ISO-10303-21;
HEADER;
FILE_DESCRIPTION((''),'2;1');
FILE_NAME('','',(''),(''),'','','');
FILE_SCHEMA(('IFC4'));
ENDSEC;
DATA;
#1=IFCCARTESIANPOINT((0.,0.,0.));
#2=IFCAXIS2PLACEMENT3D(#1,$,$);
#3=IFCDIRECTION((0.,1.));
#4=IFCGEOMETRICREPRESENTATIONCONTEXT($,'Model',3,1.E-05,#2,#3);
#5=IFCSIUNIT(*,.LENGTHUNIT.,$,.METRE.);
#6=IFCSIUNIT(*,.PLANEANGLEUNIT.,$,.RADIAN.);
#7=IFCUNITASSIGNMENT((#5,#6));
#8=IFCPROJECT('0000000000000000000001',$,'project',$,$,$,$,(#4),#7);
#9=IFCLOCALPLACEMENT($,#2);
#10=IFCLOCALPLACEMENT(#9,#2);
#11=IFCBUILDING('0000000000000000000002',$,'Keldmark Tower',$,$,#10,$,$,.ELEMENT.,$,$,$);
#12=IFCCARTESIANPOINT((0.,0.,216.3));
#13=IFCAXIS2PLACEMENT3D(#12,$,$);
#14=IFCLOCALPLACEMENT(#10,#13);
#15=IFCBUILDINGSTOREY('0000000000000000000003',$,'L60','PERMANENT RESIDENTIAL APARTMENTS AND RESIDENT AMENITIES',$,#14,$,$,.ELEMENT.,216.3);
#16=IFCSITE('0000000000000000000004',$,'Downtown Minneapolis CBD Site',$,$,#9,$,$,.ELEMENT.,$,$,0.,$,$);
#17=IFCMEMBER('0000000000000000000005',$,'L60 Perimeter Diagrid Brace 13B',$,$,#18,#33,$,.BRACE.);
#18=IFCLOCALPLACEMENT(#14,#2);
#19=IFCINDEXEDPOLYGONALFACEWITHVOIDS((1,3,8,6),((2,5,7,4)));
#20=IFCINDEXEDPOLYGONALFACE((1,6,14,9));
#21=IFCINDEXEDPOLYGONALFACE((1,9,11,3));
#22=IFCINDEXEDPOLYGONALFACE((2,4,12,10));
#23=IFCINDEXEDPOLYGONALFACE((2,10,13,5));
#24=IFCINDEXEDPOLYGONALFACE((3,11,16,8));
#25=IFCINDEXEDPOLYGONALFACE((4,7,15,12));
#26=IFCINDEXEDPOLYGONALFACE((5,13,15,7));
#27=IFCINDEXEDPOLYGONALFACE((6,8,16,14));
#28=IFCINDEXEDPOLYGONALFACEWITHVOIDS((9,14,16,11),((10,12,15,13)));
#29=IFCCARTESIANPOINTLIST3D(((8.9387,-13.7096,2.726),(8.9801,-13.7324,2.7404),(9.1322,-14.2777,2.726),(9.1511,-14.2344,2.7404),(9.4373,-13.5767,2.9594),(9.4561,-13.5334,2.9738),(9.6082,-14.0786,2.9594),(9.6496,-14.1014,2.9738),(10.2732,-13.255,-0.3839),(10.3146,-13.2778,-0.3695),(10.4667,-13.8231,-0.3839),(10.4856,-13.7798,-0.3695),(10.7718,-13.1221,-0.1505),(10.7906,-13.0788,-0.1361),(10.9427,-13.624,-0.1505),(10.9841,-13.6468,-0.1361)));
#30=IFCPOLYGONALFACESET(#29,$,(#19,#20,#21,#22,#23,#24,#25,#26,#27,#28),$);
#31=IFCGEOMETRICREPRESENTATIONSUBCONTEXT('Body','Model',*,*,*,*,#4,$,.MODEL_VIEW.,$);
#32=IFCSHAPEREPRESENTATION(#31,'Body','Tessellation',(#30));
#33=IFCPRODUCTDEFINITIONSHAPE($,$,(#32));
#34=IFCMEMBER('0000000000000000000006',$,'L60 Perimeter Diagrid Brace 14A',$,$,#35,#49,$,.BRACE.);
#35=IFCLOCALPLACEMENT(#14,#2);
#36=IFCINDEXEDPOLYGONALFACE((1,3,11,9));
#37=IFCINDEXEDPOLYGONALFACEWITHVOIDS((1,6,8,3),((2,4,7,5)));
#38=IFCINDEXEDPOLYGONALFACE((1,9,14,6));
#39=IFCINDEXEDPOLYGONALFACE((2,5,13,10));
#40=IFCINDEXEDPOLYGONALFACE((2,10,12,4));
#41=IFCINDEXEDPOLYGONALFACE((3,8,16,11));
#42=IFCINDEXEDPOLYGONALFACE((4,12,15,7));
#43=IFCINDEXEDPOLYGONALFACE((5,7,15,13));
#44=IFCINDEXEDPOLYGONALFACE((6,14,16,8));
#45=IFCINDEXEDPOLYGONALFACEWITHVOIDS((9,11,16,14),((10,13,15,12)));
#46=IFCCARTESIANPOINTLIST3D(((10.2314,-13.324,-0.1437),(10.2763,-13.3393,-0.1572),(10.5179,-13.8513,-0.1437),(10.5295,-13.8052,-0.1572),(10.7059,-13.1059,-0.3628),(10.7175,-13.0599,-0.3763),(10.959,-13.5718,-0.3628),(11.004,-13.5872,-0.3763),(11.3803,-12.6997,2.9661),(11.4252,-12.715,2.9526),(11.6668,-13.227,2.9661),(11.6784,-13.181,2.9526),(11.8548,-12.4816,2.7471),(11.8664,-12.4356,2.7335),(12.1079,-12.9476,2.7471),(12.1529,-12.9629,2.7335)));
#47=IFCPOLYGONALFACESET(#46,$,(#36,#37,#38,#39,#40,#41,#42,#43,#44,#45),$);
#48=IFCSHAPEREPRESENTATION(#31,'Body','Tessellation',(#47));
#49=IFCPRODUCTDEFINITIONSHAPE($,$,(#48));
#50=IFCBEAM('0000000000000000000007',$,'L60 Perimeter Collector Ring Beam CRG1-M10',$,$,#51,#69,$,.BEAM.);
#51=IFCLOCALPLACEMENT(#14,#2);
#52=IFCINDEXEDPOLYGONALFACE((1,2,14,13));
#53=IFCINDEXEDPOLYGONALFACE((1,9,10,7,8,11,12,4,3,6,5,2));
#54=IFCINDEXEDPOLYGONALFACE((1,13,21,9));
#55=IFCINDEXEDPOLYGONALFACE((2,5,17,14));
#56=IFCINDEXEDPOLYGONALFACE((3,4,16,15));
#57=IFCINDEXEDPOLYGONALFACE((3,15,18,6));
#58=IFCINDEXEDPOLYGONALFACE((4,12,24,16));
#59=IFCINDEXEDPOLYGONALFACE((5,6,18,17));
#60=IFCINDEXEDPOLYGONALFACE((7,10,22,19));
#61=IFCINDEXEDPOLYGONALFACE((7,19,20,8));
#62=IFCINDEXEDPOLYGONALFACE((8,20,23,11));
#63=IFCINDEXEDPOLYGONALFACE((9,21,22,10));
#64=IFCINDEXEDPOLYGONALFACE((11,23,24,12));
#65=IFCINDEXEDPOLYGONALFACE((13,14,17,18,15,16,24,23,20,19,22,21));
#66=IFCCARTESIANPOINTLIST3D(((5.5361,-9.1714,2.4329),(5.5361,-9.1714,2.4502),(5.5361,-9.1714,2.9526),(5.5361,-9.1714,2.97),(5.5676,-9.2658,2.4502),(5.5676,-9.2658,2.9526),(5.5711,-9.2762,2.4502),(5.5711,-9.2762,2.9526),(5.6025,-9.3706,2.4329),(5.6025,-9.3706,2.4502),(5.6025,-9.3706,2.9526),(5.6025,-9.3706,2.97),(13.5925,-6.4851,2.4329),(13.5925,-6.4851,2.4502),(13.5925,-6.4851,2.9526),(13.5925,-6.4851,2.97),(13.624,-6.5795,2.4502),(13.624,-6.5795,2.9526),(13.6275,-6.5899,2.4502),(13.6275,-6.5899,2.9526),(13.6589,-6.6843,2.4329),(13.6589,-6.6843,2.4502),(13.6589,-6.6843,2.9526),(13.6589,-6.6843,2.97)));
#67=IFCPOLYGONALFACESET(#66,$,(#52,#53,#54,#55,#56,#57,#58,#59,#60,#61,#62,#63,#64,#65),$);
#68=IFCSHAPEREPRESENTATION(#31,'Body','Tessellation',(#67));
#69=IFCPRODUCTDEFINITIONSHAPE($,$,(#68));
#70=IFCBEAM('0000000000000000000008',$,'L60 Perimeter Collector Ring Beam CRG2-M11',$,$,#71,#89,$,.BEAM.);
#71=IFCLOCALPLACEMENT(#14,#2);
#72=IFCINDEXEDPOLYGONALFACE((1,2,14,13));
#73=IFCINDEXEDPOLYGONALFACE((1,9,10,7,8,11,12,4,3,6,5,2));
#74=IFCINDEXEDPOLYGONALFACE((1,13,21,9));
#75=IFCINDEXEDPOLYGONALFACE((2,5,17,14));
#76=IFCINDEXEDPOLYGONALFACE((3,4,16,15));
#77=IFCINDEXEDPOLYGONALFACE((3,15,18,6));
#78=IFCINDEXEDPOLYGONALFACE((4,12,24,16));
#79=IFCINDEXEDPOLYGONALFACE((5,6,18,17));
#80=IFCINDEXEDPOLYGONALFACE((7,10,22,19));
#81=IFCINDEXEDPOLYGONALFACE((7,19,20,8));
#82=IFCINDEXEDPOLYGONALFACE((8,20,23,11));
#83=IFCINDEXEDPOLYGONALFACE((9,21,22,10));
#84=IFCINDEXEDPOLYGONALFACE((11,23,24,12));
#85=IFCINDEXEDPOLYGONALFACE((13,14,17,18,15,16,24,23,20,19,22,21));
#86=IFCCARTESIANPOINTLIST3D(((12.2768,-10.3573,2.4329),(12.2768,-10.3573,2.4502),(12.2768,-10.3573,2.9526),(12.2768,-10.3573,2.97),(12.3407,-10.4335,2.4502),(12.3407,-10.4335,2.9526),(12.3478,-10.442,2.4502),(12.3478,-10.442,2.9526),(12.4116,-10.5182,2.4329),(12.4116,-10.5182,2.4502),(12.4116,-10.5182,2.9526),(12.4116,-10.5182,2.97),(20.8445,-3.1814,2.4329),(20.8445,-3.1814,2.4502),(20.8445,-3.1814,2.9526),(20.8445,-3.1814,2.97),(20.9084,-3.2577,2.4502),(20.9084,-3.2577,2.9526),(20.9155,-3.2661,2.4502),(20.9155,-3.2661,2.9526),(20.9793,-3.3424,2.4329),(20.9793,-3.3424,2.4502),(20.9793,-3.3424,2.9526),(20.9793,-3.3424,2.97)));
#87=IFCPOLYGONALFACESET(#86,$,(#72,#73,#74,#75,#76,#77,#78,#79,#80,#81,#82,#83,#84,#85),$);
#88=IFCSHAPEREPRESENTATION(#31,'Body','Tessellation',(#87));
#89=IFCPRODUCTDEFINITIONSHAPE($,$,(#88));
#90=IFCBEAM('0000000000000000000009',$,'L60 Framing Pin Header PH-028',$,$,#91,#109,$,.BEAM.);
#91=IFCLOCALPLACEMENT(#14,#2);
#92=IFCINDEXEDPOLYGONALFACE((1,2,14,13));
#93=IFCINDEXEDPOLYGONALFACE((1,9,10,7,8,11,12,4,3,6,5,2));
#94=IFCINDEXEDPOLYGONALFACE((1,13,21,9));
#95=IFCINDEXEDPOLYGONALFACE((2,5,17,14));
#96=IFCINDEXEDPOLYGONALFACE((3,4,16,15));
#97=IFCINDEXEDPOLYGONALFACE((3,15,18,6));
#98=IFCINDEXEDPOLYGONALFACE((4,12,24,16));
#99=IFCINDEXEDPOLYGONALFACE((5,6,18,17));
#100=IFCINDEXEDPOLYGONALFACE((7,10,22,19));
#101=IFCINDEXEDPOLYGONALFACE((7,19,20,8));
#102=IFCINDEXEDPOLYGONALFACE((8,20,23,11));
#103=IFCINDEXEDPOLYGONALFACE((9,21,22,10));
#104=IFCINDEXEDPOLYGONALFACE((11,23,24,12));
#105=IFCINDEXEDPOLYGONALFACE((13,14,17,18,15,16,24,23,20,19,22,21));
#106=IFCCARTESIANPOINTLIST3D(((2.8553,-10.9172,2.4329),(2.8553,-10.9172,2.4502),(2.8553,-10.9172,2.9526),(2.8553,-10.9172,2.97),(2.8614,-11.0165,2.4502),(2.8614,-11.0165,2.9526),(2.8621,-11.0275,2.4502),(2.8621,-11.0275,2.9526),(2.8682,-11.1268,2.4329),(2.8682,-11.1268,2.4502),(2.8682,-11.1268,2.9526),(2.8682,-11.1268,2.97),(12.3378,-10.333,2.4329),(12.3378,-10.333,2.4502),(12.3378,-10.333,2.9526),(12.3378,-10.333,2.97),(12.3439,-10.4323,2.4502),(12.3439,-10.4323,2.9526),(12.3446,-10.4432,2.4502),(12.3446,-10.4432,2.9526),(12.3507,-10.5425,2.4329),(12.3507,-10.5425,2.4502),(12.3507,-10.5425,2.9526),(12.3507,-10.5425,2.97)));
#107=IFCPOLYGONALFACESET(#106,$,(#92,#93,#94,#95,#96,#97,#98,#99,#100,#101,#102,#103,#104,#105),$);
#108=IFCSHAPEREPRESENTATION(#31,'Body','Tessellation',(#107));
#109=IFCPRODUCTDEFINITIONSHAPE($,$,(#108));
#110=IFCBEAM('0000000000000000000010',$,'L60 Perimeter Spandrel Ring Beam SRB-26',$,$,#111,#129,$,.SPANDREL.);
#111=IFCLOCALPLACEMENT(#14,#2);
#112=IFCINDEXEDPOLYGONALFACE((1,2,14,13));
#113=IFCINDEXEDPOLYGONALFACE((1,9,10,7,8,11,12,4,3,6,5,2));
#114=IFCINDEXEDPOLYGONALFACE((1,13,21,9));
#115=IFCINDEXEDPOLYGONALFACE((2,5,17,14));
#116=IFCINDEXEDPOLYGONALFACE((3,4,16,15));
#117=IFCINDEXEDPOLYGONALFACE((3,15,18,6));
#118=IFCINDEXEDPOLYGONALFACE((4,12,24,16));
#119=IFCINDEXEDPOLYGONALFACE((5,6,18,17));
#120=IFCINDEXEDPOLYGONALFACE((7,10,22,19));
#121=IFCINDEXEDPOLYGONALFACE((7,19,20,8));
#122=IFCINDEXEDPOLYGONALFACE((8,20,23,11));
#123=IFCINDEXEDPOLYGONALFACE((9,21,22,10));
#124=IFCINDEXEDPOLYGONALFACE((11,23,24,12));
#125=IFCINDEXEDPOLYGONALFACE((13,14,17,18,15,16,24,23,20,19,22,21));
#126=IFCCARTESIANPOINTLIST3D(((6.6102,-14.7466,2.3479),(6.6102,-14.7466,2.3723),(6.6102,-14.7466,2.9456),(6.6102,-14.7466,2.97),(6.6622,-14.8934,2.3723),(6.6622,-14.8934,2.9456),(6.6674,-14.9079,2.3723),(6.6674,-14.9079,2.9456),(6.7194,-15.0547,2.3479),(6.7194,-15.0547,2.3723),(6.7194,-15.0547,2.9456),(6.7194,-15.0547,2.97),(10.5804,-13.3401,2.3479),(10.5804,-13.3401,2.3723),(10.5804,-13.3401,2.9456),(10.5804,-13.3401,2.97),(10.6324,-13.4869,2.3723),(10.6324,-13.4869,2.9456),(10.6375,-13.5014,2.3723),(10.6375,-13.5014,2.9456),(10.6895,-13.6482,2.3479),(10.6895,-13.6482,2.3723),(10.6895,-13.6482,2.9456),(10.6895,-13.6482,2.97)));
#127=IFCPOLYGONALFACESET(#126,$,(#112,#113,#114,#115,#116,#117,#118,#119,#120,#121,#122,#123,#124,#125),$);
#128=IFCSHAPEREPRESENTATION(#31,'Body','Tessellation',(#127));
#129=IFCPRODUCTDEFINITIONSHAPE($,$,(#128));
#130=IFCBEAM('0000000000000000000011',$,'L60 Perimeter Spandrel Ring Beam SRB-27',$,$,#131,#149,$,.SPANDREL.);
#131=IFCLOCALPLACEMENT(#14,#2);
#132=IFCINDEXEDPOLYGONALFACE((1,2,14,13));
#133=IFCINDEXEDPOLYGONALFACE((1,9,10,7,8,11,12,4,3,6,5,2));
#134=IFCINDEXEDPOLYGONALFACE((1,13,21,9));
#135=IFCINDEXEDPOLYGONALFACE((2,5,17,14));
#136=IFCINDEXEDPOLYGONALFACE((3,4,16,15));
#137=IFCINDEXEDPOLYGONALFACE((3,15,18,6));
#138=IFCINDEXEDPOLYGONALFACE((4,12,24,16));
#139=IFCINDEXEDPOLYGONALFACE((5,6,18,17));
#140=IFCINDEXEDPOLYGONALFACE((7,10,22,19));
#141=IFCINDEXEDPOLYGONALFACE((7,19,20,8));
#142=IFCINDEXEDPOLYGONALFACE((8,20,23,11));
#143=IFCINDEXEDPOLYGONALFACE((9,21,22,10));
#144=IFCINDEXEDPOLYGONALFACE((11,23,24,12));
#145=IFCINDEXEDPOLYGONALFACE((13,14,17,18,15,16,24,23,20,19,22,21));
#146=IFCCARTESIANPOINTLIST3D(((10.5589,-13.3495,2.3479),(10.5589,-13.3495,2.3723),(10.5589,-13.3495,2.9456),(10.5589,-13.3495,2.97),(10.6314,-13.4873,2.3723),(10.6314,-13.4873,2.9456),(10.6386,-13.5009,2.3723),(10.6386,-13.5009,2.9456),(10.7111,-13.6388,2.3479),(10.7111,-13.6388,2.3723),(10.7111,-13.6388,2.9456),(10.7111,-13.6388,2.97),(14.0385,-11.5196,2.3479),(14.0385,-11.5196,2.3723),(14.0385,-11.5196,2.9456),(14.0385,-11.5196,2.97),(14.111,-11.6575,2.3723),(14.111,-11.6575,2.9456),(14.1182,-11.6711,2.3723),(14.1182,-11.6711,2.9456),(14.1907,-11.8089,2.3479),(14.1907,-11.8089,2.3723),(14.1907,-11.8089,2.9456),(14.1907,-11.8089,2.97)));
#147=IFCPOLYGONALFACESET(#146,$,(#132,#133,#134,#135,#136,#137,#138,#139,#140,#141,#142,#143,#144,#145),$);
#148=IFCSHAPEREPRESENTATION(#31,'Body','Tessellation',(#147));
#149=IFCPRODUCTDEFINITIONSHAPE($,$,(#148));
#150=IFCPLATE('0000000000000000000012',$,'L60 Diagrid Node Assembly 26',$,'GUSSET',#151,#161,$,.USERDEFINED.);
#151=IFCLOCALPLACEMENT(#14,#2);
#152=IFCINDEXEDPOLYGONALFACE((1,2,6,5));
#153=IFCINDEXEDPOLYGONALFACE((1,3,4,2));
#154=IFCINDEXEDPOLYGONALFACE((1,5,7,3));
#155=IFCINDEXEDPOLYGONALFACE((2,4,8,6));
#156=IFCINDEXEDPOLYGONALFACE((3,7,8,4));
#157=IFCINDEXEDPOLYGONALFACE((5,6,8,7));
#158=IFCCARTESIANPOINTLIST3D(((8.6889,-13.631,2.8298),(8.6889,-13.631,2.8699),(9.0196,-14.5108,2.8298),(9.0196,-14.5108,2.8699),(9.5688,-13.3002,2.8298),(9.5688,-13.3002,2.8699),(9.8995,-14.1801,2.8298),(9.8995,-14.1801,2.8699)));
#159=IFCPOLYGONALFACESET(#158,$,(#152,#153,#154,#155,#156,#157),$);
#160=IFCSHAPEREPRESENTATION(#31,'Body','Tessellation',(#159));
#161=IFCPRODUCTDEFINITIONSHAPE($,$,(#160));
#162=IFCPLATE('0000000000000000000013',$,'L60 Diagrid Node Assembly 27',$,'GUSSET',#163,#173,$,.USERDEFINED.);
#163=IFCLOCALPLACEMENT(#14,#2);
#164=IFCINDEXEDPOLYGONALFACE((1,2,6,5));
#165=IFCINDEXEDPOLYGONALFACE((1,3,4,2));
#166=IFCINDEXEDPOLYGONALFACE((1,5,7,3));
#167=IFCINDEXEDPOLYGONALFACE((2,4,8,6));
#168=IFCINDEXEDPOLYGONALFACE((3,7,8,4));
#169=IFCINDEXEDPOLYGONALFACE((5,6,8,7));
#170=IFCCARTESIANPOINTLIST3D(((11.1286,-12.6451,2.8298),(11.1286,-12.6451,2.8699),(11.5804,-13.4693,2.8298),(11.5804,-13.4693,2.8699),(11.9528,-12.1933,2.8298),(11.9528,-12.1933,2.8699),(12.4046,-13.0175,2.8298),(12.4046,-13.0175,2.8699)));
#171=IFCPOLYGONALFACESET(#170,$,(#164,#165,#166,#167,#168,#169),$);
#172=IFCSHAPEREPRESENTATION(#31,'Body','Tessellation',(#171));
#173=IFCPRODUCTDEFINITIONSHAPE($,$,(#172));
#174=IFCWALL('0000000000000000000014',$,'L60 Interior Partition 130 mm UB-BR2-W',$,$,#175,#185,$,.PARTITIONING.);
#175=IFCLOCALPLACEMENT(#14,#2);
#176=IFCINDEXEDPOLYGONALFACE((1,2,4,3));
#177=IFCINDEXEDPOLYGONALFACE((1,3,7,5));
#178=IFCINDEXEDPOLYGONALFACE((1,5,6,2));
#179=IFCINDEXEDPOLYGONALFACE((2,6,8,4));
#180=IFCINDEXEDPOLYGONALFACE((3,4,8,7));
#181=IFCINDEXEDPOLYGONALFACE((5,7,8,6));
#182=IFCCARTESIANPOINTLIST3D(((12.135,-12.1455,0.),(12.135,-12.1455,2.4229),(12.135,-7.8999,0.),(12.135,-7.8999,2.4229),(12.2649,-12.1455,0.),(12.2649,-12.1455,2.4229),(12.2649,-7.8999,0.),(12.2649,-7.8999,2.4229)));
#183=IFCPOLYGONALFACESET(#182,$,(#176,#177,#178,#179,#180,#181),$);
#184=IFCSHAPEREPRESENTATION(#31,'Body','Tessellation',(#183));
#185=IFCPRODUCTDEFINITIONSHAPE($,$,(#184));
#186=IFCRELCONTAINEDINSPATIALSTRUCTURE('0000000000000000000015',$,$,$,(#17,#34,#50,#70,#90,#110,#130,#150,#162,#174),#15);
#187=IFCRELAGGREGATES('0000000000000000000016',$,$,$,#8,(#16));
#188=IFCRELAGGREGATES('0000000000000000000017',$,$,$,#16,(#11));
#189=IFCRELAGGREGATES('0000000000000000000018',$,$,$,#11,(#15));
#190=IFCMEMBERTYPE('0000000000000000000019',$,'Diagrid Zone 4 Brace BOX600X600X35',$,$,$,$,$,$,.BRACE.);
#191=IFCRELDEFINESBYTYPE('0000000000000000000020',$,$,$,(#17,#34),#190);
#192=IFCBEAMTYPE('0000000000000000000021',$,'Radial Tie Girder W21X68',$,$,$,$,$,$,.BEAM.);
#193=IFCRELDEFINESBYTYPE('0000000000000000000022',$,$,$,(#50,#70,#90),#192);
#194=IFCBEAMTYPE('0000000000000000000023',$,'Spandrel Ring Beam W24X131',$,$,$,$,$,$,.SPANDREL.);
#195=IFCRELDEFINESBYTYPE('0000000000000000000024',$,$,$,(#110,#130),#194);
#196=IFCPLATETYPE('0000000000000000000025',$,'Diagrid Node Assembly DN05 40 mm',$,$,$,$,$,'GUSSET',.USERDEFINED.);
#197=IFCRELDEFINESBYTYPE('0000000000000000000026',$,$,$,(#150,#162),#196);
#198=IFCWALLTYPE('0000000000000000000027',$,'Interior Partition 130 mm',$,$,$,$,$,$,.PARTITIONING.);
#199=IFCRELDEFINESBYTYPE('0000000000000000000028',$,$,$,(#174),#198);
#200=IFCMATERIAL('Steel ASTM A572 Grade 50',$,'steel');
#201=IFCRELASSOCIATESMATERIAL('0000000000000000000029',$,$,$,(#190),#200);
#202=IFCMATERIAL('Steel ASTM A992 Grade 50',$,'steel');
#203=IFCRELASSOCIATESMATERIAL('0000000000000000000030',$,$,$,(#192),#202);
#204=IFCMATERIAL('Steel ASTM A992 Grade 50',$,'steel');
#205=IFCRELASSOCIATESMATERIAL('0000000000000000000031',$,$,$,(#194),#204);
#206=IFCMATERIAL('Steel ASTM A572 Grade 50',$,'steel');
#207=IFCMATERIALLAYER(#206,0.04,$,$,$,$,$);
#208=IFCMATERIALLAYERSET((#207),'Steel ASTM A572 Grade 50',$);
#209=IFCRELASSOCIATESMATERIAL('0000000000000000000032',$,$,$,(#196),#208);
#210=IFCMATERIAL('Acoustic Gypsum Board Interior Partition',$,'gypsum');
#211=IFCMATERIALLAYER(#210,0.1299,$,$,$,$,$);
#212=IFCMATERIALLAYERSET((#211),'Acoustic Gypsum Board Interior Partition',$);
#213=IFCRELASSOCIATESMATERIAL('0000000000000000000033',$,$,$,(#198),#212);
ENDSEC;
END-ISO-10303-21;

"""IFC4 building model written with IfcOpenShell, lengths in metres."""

from ifc_helpers import new_model, si_unit, direction, frame, frame_2d, origin, origin_2d, place, context, subcontext, project, spatial, rectangle, hollow_rectangle, i_section, extrude, material, layer, layer_set, material_profile, profile_set, type_object, element, save


model = new_model("IFC4")

# Units and contexts
model_context = context("Model", 3, precision=1e-05, world=origin(), true_north=direction((0.0, 1.0)))
body_context = subcontext(model_context, "Body", "Model", "MODEL_VIEW")
ifc_project = project(units=[si_unit("LENGTHUNIT", "METRE"), si_unit("PLANEANGLEUNIT", "RADIAN")], contexts=[model_context])

# Site, building, storey
site_placement = place(None, origin())
site = spatial("IfcSite", under=ifc_project, at=site_placement, Name="Downtown Minneapolis CBD Site", CompositionType="ELEMENT", RefElevation=0.0)
building_placement = place(site_placement, origin())
building = spatial("IfcBuilding", under=site, at=building_placement, Name="Keldmark Tower", CompositionType="ELEMENT")
storey_placement = place(building_placement, frame((0.0, 0.0, 216.3)))
storey = spatial("IfcBuildingStorey", under=building, at=storey_placement, Name="L60", Description="PERMANENT RESIDENTIAL APARTMENTS AND RESIDENT AMENITIES", CompositionType="ELEMENT", Elevation=216.3)

# Members
ifc_material_1 = material(Name="Steel ASTM A572 Grade 50", Category="steel")
ifc_material_profile_1 = material_profile(ifc_material_1, hollow_rectangle(XDim=0.6001, YDim=0.6001, WallThickness=0.0349, at=origin_2d()), Name="BOX600X600X35")
ifc_profile_set_1 = profile_set([ifc_material_profile_1], Name="Steel ASTM A572 Grade 50")
member_type = type_object("IfcMemberType", Name="Diagrid Zone 4 Brace BOX600X600X35", PredefinedType="BRACE", material=ifc_profile_set_1)
member_1_placement = place(storey_placement, frame((10.6287, -13.4509, -0.26), z_axis=(-0.390827, -0.133136, 0.910785), x_axis=(0.322455, -0.946585, 0.0)))
element("IfcMember", 1, at=member_1_placement, inside=storey, type_object=member_type, Name="L60 Perimeter Diagrid Brace 13B", PredefinedType="BRACE", context=body_context, shape_type="SweptSolid", body=[
    extrude(hollow_rectangle(XDim=0.6001, YDim=0.6001, WallThickness=0.0349, at=origin_2d()), origin(), (0.0, 0.0, 1.0), 3.4146),
])
member_2_placement = place(storey_placement, frame((10.6177, -13.4556, -0.26), z_axis=(0.340567, 0.185046, 0.921831), x_axis=(-0.477426, 0.878672, 0.0)))
element("IfcMember", 2, at=member_2_placement, inside=storey, type_object=member_type, Name="L60 Perimeter Diagrid Brace 14A", PredefinedType="BRACE", context=body_context, shape_type="SweptSolid", body=[
    extrude(hollow_rectangle(XDim=0.6001, YDim=0.6001, WallThickness=0.0349, at=origin_2d()), origin(), (0.0, 0.0, 1.0), 3.3735),
])

# Beams
ifc_material_2 = material(Name="Steel ASTM A992 Grade 50", Category="steel")
ifc_material_profile_2 = material_profile(ifc_material_2, i_section(OverallWidth=0.21, OverallDepth=0.5371, WebThickness=0.011, FlangeThickness=0.0173, at=origin_2d()), Name="W21X68")
ifc_profile_set_2 = profile_set([ifc_material_profile_2], Name="Steel ASTM A992 Grade 50")
beam_type_1 = type_object("IfcBeamType", Name="Radial Tie Girder W21X68", PredefinedType="BEAM", material=ifc_profile_set_2)
beam_1_placement = place(storey_placement, frame((5.5693, -9.271, 2.7014), z_axis=(0.948655, 0.316314, 0.0), x_axis=(-0.316314, 0.948655, 0.0)))
element("IfcBeam", 3, at=beam_1_placement, inside=storey, type_object=beam_type_1, Name="L60 Perimeter Collector Ring Beam CRG1-M10", PredefinedType="BEAM", context=body_context, shape_type="SweptSolid", body=[
    extrude(i_section(OverallWidth=0.21, OverallDepth=0.5371, WebThickness=0.011, FlangeThickness=0.0173, at=origin_2d()), origin(), (0.0, 0.0, 1.0), 8.4924),
])
beam_2_placement = place(storey_placement, frame((12.3442, -10.4377, 2.7014), z_axis=(0.766631, 0.642088, 0.0), x_axis=(-0.642088, 0.766631, 0.0)))
element("IfcBeam", 4, at=beam_2_placement, inside=storey, type_object=beam_type_1, Name="L60 Perimeter Collector Ring Beam CRG2-M11", PredefinedType="BEAM", context=body_context, shape_type="SweptSolid", body=[
    extrude(i_section(OverallWidth=0.21, OverallDepth=0.5371, WebThickness=0.011, FlangeThickness=0.0173, at=origin_2d()), origin(), (0.0, 0.0, 1.0), 11.1758),
])
beam_3_placement = place(storey_placement, frame((12.3442, -10.4377, 2.7014), z_axis=(-0.998107, -0.061495, 0.0), x_axis=(0.061495, -0.998107, 0.0)))
element("IfcBeam", 5, at=beam_3_placement, inside=storey, type_object=beam_type_1, Name="L60 Framing Pin Header PH-028", PredefinedType="BEAM", context=body_context, shape_type="SweptSolid", body=[
    extrude(i_section(OverallWidth=0.21, OverallDepth=0.5371, WebThickness=0.011, FlangeThickness=0.0173, at=origin_2d()), origin(), (0.0, 0.0, 1.0), 9.5005),
])
ifc_material_3 = material(Name="Steel ASTM A992 Grade 50", Category="steel")
ifc_material_profile_3 = material_profile(ifc_material_3, i_section(OverallWidth=0.3269, OverallDepth=0.6221, WebThickness=0.0154, FlangeThickness=0.0244, at=origin_2d()), Name="W24X131")
ifc_profile_set_3 = profile_set([ifc_material_profile_3], Name="Steel ASTM A992 Grade 50")
beam_type_2 = type_object("IfcBeamType", Name="Spandrel Ring Beam W24X131", PredefinedType="SPANDREL", material=ifc_profile_set_3)
beam_4_placement = place(storey_placement, frame((6.6648, -14.9006, 2.6589), z_axis=(0.942599, 0.333927, 0.0), x_axis=(-0.333927, 0.942599, 0.0)))
element("IfcBeam", 6, at=beam_4_placement, inside=storey, type_object=beam_type_2, Name="L60 Perimeter Spandrel Ring Beam SRB-26", PredefinedType="SPANDREL", context=body_context, shape_type="SweptSolid", body=[
    extrude(i_section(OverallWidth=0.3269, OverallDepth=0.6221, WebThickness=0.0154, FlangeThickness=0.0244, at=origin_2d()), origin(), (0.0, 0.0, 1.0), 4.2119),
])
beam_5_placement = place(storey_placement, frame((10.635, -13.4941, 2.6589), z_axis=(0.885073, 0.465452, 0.0), x_axis=(-0.465452, 0.885073, 0.0)))
element("IfcBeam", 7, at=beam_5_placement, inside=storey, type_object=beam_type_2, Name="L60 Perimeter Spandrel Ring Beam SRB-27", PredefinedType="SPANDREL", context=body_context, shape_type="SweptSolid", body=[
    extrude(i_section(OverallWidth=0.3269, OverallDepth=0.6221, WebThickness=0.0154, FlangeThickness=0.0244, at=origin_2d()), origin(), (0.0, 0.0, 1.0), 3.9314),
])

# Plates
ifc_material_4 = material(Name="Steel ASTM A572 Grade 50", Category="steel")
ifc_layer_1 = layer(ifc_material_4, 0.04)
ifc_layer_set_1 = layer_set([ifc_layer_1], Name="Steel ASTM A572 Grade 50")
plate_type = type_object("IfcPlateType", Name="Diagrid Node Assembly DN05 40 mm", ElementType="GUSSET", PredefinedType="USERDEFINED", material=ifc_layer_set_1)
for number, where, z_axis, x_axis, name in (
    (8, (9.2942, -13.9055, 2.8298), (0.0, 0.0, 1.0), (0.93606, 0.351842, 0.0), "L60 Diagrid Node Assembly 26"),
    (9, (11.7666, -12.8313, 2.8298), (0.0, 0.0, 1.0), (0.876895, 0.480683, 0.0), "L60 Diagrid Node Assembly 27"),
):
    element("IfcPlate", number, at=place(storey_placement, frame(where, z_axis=z_axis, x_axis=x_axis)), inside=storey, type_object=plate_type, Name=name, ObjectType="GUSSET", PredefinedType="USERDEFINED", context=body_context, shape_type="SweptSolid", body=[
        extrude(rectangle(XDim=0.9399, YDim=0.9399, at=origin_2d()), origin(), (0.0, 0.0, 1.0), 0.04),
    ])

# Wall
ifc_material_5 = material(Name="Acoustic Gypsum Board Interior Partition", Category="gypsum")
ifc_layer_2 = layer(ifc_material_5, 0.1299)
ifc_layer_set_2 = layer_set([ifc_layer_2], Name="Acoustic Gypsum Board Interior Partition")
wall_type_1 = type_object("IfcWallType", Name="Interior Partition 130 mm", PredefinedType="PARTITIONING", material=ifc_layer_set_2)
wall_1_placement = place(storey_placement, frame((12.2, -12.1455, 0.0), z_axis=(0.0, 0.0, 1.0), x_axis=(0.0, 1.0, 0.0)))
element("IfcWall", 10, at=wall_1_placement, inside=storey, type_object=wall_type_1, Name="L60 Interior Partition 130 mm UB-BR2-W", PredefinedType="PARTITIONING", context=body_context, shape_type="SweptSolid", body=[
    extrude(rectangle(XDim=4.2456, YDim=0.1299, at=frame_2d((2.1228, 0.0))), origin(), (0.0, 0.0, 1.0), 2.4229),
])

save(model, "model.ifc")
